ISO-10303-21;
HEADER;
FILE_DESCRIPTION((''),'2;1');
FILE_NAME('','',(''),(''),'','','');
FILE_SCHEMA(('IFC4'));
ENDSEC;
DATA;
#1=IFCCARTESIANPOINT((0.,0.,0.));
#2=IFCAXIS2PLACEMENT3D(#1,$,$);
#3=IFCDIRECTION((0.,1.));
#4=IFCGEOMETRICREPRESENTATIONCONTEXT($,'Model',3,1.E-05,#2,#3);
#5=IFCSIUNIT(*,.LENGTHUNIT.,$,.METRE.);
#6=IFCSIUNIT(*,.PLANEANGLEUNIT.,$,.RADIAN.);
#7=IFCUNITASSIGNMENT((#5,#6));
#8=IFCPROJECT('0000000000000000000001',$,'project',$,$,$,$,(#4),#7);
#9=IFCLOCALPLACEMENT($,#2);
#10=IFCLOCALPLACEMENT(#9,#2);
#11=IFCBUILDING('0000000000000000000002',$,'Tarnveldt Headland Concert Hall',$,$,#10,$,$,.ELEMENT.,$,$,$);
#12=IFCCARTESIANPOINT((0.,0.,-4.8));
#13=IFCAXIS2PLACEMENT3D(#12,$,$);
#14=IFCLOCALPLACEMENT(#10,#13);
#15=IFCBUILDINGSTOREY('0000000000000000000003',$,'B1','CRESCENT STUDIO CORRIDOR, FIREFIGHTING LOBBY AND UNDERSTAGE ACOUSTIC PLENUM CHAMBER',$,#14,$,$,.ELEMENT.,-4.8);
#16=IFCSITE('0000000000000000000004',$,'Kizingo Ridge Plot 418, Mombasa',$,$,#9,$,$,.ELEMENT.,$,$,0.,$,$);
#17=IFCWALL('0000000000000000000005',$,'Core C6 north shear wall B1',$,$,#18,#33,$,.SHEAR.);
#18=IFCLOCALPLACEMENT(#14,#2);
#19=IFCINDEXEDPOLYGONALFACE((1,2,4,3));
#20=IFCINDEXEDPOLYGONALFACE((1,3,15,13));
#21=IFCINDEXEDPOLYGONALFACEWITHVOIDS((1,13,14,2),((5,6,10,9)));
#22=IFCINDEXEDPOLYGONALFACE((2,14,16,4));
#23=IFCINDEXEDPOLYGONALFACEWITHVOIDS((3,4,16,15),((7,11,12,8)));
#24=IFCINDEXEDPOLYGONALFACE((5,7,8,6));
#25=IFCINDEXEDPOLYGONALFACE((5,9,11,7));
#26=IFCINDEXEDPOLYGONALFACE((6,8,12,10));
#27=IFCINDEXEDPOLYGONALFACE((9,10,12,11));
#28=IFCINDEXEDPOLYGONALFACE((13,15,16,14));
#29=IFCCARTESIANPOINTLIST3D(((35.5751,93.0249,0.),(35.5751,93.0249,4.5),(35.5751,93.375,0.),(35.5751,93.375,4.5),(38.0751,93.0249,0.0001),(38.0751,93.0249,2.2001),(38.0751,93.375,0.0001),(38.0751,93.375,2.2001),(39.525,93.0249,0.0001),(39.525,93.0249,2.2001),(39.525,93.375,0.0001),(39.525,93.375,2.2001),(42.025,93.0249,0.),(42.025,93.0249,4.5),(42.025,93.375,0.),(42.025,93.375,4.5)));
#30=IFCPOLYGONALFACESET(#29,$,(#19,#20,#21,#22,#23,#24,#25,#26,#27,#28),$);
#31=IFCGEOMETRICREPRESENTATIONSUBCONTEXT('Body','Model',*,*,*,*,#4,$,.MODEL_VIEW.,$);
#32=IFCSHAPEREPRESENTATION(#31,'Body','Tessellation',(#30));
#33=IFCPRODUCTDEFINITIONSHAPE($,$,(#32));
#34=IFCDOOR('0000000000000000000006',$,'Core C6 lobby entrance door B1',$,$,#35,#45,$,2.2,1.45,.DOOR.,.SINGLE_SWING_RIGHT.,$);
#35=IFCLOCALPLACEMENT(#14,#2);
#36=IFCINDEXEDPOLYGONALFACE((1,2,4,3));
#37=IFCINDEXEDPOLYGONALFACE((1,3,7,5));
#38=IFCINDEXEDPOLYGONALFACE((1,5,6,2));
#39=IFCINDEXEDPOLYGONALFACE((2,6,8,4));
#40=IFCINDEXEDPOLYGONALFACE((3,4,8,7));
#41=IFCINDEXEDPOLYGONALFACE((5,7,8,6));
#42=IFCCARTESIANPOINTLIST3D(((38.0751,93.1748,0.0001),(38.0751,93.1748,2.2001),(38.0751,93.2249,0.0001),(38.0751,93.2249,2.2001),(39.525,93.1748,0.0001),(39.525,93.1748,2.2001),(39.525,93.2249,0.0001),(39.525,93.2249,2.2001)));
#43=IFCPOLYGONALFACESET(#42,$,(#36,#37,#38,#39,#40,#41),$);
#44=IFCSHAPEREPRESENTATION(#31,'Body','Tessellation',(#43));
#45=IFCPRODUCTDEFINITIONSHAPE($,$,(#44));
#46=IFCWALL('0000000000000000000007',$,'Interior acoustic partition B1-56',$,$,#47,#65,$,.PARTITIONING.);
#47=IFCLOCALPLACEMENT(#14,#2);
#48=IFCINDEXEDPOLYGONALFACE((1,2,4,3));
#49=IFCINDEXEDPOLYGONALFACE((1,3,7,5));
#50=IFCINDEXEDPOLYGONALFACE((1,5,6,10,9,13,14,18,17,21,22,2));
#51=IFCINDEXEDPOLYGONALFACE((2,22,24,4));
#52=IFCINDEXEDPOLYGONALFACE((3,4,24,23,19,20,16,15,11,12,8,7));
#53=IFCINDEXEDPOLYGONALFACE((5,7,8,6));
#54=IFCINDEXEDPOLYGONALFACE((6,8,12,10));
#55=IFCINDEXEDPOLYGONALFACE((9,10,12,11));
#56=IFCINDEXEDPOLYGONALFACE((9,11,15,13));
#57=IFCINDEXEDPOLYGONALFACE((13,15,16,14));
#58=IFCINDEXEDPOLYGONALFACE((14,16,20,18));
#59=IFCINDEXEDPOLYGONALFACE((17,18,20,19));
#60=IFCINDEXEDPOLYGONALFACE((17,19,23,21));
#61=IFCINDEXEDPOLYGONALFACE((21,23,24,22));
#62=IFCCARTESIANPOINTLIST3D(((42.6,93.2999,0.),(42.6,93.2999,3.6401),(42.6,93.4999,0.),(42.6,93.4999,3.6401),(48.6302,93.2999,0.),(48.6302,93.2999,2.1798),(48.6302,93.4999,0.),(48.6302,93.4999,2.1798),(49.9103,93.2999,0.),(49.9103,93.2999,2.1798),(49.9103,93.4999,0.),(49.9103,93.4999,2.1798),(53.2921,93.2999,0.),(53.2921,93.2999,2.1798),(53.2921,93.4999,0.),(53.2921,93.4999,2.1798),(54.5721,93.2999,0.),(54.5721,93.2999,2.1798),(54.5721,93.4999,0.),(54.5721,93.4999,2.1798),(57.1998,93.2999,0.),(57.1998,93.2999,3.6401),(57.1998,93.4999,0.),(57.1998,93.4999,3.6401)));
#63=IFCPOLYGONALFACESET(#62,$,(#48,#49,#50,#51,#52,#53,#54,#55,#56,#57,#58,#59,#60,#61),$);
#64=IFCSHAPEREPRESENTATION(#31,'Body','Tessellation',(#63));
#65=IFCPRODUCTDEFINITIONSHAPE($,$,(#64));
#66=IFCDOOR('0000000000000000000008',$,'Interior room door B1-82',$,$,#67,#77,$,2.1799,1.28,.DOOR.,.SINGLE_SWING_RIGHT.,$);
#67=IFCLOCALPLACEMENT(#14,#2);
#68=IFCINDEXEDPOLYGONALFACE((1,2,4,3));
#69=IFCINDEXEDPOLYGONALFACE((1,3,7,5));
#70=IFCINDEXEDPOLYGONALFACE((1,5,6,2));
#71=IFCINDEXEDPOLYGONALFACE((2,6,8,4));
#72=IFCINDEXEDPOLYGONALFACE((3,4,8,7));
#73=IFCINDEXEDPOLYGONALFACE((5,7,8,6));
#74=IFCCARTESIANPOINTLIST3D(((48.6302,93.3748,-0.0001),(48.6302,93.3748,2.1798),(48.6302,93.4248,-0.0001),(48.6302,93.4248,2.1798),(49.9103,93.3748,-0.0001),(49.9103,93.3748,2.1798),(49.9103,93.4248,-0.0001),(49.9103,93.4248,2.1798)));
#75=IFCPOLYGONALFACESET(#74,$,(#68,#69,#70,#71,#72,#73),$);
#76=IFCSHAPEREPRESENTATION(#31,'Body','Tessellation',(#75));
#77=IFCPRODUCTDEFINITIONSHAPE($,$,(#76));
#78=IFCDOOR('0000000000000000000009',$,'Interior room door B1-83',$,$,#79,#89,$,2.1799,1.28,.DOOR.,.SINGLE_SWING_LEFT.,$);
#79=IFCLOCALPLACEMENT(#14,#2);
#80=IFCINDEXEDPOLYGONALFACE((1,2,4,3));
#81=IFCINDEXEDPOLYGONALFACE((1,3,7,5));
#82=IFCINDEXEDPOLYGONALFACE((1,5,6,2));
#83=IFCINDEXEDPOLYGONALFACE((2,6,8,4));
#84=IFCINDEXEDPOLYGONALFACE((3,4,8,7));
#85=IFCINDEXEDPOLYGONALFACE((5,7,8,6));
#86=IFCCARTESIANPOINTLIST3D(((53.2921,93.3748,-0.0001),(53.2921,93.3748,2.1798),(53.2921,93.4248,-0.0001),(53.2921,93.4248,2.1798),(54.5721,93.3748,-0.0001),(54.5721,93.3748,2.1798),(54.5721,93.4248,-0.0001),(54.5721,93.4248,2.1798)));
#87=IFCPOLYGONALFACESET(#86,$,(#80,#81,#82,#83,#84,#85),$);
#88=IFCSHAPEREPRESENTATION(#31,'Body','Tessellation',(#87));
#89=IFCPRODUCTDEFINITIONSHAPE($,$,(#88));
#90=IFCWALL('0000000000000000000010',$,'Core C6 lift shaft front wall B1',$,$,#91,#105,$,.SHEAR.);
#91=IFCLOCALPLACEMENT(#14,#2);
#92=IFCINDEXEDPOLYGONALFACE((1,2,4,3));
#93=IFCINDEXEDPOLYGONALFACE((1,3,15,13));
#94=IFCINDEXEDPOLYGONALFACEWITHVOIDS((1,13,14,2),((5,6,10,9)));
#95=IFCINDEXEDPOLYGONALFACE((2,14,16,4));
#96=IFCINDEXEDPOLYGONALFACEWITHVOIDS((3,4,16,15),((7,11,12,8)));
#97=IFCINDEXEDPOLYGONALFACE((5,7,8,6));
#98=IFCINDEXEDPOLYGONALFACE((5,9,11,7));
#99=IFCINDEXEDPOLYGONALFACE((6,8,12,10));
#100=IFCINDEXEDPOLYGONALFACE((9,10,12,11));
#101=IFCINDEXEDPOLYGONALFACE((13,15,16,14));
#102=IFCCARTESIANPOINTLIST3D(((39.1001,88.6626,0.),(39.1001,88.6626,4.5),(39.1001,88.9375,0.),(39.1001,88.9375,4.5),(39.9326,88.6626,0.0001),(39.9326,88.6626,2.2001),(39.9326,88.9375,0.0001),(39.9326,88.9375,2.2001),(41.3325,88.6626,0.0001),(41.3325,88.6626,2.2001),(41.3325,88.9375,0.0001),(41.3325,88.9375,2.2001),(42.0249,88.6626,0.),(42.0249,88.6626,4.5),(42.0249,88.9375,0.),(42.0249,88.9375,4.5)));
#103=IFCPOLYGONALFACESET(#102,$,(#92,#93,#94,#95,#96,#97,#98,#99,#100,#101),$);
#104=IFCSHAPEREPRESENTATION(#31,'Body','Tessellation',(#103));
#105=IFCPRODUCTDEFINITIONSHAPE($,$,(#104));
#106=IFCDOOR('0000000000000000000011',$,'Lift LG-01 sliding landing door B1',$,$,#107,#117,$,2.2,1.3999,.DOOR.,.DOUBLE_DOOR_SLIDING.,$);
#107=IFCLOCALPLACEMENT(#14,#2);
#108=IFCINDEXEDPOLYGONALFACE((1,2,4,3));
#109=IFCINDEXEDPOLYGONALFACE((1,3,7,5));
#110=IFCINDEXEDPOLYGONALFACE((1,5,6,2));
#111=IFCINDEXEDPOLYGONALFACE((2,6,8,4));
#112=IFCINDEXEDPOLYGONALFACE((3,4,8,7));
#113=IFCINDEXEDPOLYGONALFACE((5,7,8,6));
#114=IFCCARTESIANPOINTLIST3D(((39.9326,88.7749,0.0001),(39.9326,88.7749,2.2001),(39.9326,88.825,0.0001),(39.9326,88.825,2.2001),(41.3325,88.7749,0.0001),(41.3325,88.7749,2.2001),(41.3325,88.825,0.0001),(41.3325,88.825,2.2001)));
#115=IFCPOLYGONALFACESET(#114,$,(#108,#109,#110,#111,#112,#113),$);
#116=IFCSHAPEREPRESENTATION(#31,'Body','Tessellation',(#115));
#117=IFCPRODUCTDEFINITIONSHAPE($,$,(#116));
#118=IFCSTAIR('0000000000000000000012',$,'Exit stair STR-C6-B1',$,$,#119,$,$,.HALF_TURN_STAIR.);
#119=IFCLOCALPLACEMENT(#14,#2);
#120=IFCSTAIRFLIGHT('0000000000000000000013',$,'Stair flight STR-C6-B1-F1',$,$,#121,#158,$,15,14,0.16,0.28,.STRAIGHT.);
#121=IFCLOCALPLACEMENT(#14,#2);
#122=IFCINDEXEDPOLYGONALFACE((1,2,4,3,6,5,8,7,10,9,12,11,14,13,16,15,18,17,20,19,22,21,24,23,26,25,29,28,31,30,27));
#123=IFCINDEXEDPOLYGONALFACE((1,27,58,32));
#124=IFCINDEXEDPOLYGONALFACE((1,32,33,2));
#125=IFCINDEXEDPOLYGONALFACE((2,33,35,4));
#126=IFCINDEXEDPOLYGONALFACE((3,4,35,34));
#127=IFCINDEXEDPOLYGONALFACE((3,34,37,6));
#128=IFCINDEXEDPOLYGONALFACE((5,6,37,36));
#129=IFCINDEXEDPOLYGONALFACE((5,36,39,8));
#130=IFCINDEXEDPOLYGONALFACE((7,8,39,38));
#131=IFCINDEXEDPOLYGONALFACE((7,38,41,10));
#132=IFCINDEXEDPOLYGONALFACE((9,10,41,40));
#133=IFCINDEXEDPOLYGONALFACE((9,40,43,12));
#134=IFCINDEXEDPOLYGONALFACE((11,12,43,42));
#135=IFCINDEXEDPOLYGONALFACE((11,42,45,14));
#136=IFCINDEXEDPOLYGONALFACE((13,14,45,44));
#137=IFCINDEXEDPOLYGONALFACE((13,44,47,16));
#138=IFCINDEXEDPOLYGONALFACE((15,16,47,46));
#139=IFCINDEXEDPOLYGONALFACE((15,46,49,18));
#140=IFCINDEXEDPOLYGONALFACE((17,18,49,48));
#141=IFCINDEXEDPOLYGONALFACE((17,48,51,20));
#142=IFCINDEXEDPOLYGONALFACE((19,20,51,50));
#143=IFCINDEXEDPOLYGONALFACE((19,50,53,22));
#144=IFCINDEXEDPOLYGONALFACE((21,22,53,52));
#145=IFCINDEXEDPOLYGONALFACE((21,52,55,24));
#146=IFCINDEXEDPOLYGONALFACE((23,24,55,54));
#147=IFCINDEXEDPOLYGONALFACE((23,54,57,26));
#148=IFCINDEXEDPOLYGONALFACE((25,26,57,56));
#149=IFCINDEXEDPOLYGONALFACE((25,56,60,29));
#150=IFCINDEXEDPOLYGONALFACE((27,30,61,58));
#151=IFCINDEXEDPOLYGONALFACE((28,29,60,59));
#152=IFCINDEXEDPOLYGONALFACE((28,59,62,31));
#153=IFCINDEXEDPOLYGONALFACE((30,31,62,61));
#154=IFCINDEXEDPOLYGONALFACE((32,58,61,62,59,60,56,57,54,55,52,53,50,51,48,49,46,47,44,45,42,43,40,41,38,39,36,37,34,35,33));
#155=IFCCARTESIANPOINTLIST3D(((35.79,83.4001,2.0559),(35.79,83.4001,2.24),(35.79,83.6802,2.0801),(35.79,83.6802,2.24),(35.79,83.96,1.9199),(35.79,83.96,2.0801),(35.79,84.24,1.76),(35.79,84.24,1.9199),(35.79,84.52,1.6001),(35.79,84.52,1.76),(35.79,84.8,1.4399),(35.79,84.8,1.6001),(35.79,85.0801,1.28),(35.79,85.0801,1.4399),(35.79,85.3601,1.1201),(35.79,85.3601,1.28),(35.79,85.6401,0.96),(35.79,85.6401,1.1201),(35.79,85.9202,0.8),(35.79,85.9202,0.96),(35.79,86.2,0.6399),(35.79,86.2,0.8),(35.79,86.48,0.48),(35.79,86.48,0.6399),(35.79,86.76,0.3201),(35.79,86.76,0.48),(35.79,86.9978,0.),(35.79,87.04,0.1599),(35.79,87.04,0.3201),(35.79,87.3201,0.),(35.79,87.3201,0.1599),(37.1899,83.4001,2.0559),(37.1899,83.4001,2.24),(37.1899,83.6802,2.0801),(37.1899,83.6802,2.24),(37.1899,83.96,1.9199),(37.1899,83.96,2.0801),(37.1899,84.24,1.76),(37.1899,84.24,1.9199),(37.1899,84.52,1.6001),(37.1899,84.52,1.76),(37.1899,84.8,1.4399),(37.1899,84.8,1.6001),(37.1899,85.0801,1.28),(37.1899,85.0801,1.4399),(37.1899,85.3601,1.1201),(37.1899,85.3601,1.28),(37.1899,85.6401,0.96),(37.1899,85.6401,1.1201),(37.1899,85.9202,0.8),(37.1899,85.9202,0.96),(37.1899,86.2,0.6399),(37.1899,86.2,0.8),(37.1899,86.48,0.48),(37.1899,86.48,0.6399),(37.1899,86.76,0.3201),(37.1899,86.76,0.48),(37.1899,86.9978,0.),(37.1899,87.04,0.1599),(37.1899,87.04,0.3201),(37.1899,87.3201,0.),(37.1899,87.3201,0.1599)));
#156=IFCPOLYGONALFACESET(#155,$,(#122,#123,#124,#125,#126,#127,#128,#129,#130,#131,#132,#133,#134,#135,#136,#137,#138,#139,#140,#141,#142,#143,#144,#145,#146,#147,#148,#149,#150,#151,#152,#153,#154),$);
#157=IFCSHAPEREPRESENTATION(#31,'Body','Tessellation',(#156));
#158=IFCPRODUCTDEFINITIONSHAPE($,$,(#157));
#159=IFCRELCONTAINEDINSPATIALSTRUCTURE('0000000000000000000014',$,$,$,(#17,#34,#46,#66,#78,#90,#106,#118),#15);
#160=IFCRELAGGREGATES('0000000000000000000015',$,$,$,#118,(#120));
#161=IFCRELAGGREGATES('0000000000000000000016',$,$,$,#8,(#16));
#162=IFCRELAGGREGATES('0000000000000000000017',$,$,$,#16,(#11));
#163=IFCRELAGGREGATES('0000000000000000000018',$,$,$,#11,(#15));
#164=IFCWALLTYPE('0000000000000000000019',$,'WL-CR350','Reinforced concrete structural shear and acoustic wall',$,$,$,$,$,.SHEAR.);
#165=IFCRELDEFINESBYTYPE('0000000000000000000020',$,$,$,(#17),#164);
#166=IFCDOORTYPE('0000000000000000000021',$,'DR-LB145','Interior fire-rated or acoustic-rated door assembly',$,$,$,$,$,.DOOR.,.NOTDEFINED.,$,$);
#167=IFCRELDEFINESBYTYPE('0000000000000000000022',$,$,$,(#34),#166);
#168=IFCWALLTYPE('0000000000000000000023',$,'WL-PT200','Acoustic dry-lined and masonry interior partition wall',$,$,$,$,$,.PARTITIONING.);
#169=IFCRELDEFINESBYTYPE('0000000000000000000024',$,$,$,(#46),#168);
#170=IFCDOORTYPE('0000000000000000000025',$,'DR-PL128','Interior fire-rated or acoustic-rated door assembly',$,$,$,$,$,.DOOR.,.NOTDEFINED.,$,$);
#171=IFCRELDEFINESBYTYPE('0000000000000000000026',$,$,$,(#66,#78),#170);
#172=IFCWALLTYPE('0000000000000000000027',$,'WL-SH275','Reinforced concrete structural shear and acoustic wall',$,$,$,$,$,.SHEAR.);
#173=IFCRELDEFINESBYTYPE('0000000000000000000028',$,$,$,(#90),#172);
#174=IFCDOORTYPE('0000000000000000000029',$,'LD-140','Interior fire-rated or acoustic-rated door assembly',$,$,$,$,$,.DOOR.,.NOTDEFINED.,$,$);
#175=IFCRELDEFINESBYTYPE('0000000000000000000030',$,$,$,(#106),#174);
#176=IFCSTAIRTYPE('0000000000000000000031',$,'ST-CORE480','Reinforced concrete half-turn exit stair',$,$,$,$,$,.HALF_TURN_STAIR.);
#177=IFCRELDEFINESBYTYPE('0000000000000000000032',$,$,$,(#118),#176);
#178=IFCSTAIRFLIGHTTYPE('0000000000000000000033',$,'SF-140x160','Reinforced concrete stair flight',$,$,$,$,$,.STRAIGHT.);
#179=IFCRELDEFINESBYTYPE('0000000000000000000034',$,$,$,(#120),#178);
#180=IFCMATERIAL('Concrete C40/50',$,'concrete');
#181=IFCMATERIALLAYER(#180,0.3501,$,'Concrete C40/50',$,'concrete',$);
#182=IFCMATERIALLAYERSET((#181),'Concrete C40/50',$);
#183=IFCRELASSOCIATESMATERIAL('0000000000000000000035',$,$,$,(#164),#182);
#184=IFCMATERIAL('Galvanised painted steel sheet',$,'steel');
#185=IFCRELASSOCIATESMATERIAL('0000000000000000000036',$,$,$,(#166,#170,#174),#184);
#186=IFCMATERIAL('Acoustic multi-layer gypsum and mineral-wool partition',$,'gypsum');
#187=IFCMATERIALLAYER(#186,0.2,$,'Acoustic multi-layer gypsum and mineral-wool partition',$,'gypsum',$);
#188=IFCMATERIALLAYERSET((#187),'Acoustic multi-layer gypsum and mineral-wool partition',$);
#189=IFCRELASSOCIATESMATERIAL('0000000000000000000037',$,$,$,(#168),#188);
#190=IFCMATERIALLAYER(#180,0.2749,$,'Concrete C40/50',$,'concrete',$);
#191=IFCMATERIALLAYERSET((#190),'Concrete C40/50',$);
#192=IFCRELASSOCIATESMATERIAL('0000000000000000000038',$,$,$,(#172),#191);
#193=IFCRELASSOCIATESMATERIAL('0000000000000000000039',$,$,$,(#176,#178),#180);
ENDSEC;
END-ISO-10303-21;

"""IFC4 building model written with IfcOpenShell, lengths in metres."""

from ifc_helpers import new_model, si_unit, direction, frame, frame_2d, origin, place, context, subcontext, project, spatial, polyline, rectangle, outline, extrude, material, layer, layer_set, type_object, element, fill, aggregate, save


model = new_model("IFC4")

# Units and contexts
model_context = context("Model", 3, precision=1e-05, world=origin(), true_north=direction((0.0, 1.0)))
body_context = subcontext(model_context, "Body", "Model", "MODEL_VIEW")
ifc_project = project(units=[si_unit("LENGTHUNIT", "METRE"), si_unit("PLANEANGLEUNIT", "RADIAN")], contexts=[model_context])

# Site, building, storey
site_placement = place(None, origin())
site = spatial("IfcSite", under=ifc_project, at=site_placement, Name="Kizingo Ridge Plot 418, Mombasa", CompositionType="ELEMENT", RefElevation=0.0)
building_placement = place(site_placement, origin())
building = spatial("IfcBuilding", under=site, at=building_placement, Name="Tarnveldt Headland Concert Hall", CompositionType="ELEMENT")
storey_placement = place(building_placement, frame((0.0, 0.0, -4.8)))
storey = spatial("IfcBuildingStorey", under=building, at=storey_placement, Name="B1", Description="CRESCENT STUDIO CORRIDOR, FIREFIGHTING LOBBY AND UNDERSTAGE ACOUSTIC PLENUM CHAMBER", CompositionType="ELEMENT", Elevation=-4.8)

# Shared definitions
ifc_material_1 = material(Name="Concrete C40/50", Category="concrete")

# Wall, opening, door
ifc_layer_1 = layer(ifc_material_1, 0.3501, Name="Concrete C40/50", Category="concrete")
ifc_layer_set_1 = layer_set([ifc_layer_1], Name="Concrete C40/50")
wall_type_1 = type_object("IfcWallType", Name="WL-CR350", Description="Reinforced concrete structural shear and acoustic wall", PredefinedType="SHEAR", material=ifc_layer_set_1)
wall_1_placement = place(storey_placement, frame((35.575, 93.2, 0.0), z_axis=(0.0, 0.0, 1.0), x_axis=(1.0, 0.0, 0.0)))
wall_1 = element("IfcWall", 1, at=wall_1_placement, inside=storey, type_object=wall_type_1, Name="Core C6 north shear wall B1", PredefinedType="SHEAR", context=body_context, shape_type="SweptSolid", body=[
    extrude(rectangle(XDim=6.45, YDim=0.3501, at=frame_2d((3.2251, 0.0))), origin(), (0.0, 0.0, 1.0), 4.5),
])
opening_1_placement = place(wall_1_placement, frame((2.5, 0.0, 0.0)))
opening_1 = element("IfcOpeningElement", 2, at=opening_1_placement, cuts=wall_1, PredefinedType="OPENING", context=body_context, shape_type="SweptSolid", body=[
    extrude(rectangle(XDim=1.45, YDim=2.2, at=frame_2d((0.7251, 1.1001))), frame((0.0, 0.1851, 0.0), z_axis=(0.0, -1.0, 0.0), x_axis=(1.0, 0.0, 0.0)), (0.0, 0.0, 1.0), 0.3701),
])
ifc_material_2 = material(Name="Galvanised painted steel sheet", Category="steel")
door_type_1 = type_object("IfcDoorType", Name="DR-LB145", Description="Interior fire-rated or acoustic-rated door assembly", OperationType="NOTDEFINED", PredefinedType="DOOR", material=ifc_material_2)
door_1_placement = place(opening_1_placement, origin())
door_1 = element("IfcDoor", 3, at=door_1_placement, inside=storey, type_object=door_type_1, Name="Core C6 lobby entrance door B1", OperationType="SINGLE_SWING_RIGHT", OverallHeight=2.2, OverallWidth=1.45, PredefinedType="DOOR", context=body_context, shape_type="SweptSolid", body=[
    extrude(rectangle(XDim=1.45, YDim=2.2, at=frame_2d((0.7251, 1.1001))), frame((0.0, 0.0249, 0.0), z_axis=(0.0, -1.0, 0.0), x_axis=(1.0, 0.0, 0.0)), (0.0, 0.0, 1.0), 0.05),
])
fill(opening_1, door_1)

# Wall, openings, doors
ifc_material_3 = material(Name="Acoustic multi-layer gypsum and mineral-wool partition", Category="gypsum")
ifc_layer_2 = layer(ifc_material_3, 0.2, Name="Acoustic multi-layer gypsum and mineral-wool partition", Category="gypsum")
ifc_layer_set_2 = layer_set([ifc_layer_2], Name="Acoustic multi-layer gypsum and mineral-wool partition")
wall_type_2 = type_object("IfcWallType", Name="WL-PT200", Description="Acoustic dry-lined and masonry interior partition wall", PredefinedType="PARTITIONING", material=ifc_layer_set_2)
wall_2_placement = place(storey_placement, frame((42.6001, 93.3999, 0.0), z_axis=(0.0, 0.0, 1.0), x_axis=(1.0, 0.0, 0.0)))
wall_2 = element("IfcWall", 4, at=wall_2_placement, inside=storey, type_object=wall_type_2, Name="Interior acoustic partition B1-56", PredefinedType="PARTITIONING", context=body_context, shape_type="SweptSolid", body=[
    extrude(rectangle(XDim=14.5999, YDim=0.2, at=frame_2d((7.2998, 0.0))), origin(), (0.0, 0.0, 1.0), 3.6401),
])
opening_2_placement = place(wall_2_placement, frame((6.03, 0.0, 0.0)))
opening_2 = element("IfcOpeningElement", 5, at=opening_2_placement, cuts=wall_2, PredefinedType="OPENING", context=body_context, shape_type="SweptSolid", body=[
    extrude(rectangle(XDim=1.28, YDim=2.1799, at=frame_2d((0.6401, 1.0898))), frame((0.0, 0.1099, 0.0), z_axis=(0.0, -1.0, 0.0), x_axis=(1.0, 0.0, 0.0)), (0.0, 0.0, 1.0), 0.22),
])
opening_3_placement = place(wall_2_placement, frame((10.6919, 0.0, 0.0)))
opening_3 = element("IfcOpeningElement", 6, at=opening_3_placement, cuts=wall_2, PredefinedType="OPENING", context=body_context, shape_type="SweptSolid", body=[
    extrude(rectangle(XDim=1.28, YDim=2.1799, at=frame_2d((0.6401, 1.0898))), frame((0.0, 0.1099, 0.0), z_axis=(0.0, -1.0, 0.0), x_axis=(1.0, 0.0, 0.0)), (0.0, 0.0, 1.0), 0.22),
])
door_type_2 = type_object("IfcDoorType", Name="DR-PL128", Description="Interior fire-rated or acoustic-rated door assembly", OperationType="NOTDEFINED", PredefinedType="DOOR", material=ifc_material_2)
door_2_placement = place(opening_2_placement, origin())
door_2 = element("IfcDoor", 7, at=door_2_placement, inside=storey, type_object=door_type_2, Name="Interior room door B1-82", OperationType="SINGLE_SWING_RIGHT", OverallHeight=2.1799, OverallWidth=1.28, PredefinedType="DOOR", context=body_context, shape_type="SweptSolid", body=[
    extrude(rectangle(XDim=1.28, YDim=2.1799, at=frame_2d((0.6401, 1.0898))), frame((0.0, 0.0249, 0.0), z_axis=(0.0, -1.0, 0.0), x_axis=(1.0, 0.0, 0.0)), (0.0, 0.0, 1.0), 0.05),
])
fill(opening_2, door_2)
door_3_placement = place(opening_3_placement, origin())
door_3 = element("IfcDoor", 8, at=door_3_placement, inside=storey, type_object=door_type_2, Name="Interior room door B1-83", OperationType="SINGLE_SWING_LEFT", OverallHeight=2.1799, OverallWidth=1.28, PredefinedType="DOOR", context=body_context, shape_type="SweptSolid", body=[
    extrude(rectangle(XDim=1.28, YDim=2.1799, at=frame_2d((0.6401, 1.0898))), frame((0.0, 0.0249, 0.0), z_axis=(0.0, -1.0, 0.0), x_axis=(1.0, 0.0, 0.0)), (0.0, 0.0, 1.0), 0.05),
])
fill(opening_3, door_3)

# Wall, opening, door
ifc_layer_3 = layer(ifc_material_1, 0.2749, Name="Concrete C40/50", Category="concrete")
ifc_layer_set_3 = layer_set([ifc_layer_3], Name="Concrete C40/50")
wall_type_3 = type_object("IfcWallType", Name="WL-SH275", Description="Reinforced concrete structural shear and acoustic wall", PredefinedType="SHEAR", material=ifc_layer_set_3)
wall_3_placement = place(storey_placement, frame((39.1001, 88.8, 0.0), z_axis=(0.0, 0.0, 1.0), x_axis=(1.0, 0.0, 0.0)))
wall_3 = element("IfcWall", 9, at=wall_3_placement, inside=storey, type_object=wall_type_3, Name="Core C6 lift shaft front wall B1", PredefinedType="SHEAR", context=body_context, shape_type="SweptSolid", body=[
    extrude(rectangle(XDim=2.9248, YDim=0.2749, at=frame_2d((1.4624, 0.0))), origin(), (0.0, 0.0, 1.0), 4.5),
])
opening_4_placement = place(wall_3_placement, frame((0.8325, 0.0, 0.0)))
opening_4 = element("IfcOpeningElement", 10, at=opening_4_placement, cuts=wall_3, PredefinedType="OPENING", context=body_context, shape_type="SweptSolid", body=[
    extrude(rectangle(XDim=1.3999, YDim=2.2, at=frame_2d((0.7, 1.1001))), frame((0.0, 0.1475, 0.0), z_axis=(0.0, -1.0, 0.0), x_axis=(1.0, 0.0, 0.0)), (0.0, 0.0, 1.0), 0.2949),
])
door_type_3 = type_object("IfcDoorType", Name="LD-140", Description="Interior fire-rated or acoustic-rated door assembly", OperationType="NOTDEFINED", PredefinedType="DOOR", material=ifc_material_2)
door_4_placement = place(opening_4_placement, origin())
door_4 = element("IfcDoor", 11, at=door_4_placement, inside=storey, type_object=door_type_3, Name="Lift LG-01 sliding landing door B1", OperationType="DOUBLE_DOOR_SLIDING", OverallHeight=2.2, OverallWidth=1.3999, PredefinedType="DOOR", context=body_context, shape_type="SweptSolid", body=[
    extrude(rectangle(XDim=1.3999, YDim=2.2, at=frame_2d((0.7, 1.1001))), frame((0.0, 0.0249, 0.0), z_axis=(0.0, -1.0, 0.0), x_axis=(1.0, 0.0, 0.0)), (0.0, 0.0, 1.0), 0.05),
])
fill(opening_4, door_4)

# Stair, stair flight
stair_type = type_object("IfcStairType", Name="ST-CORE480", Description="Reinforced concrete half-turn exit stair", PredefinedType="HALF_TURN_STAIR", material=ifc_material_1)
stair_placement = place(storey_placement, origin())
stair = element("IfcStair", 12, at=stair_placement, inside=storey, type_object=stair_type, Name="Exit stair STR-C6-B1", PredefinedType="HALF_TURN_STAIR")
stair_flight_type = type_object("IfcStairFlightType", Name="SF-140x160", Description="Reinforced concrete stair flight", PredefinedType="STRAIGHT", material=ifc_material_1)
stair_flight_1_placement = place(storey_placement, frame((36.49, 87.3201, 0.0), z_axis=(0.0, 0.0, 1.0), x_axis=(0.0, -1.0, 0.0)))
stair_flight_1 = element("IfcStairFlight", 13, at=stair_flight_1_placement, type_object=stair_flight_type, Name="Stair flight STR-C6-B1-F1", NumberOfRisers=15, NumberOfTreads=14, PredefinedType="STRAIGHT", RiserHeight=0.16, TreadLength=0.28, context=body_context, shape_type="SweptSolid", body=[
    extrude(outline(polyline([(0.0, 0.0), (0.0, 0.1599), (0.28, 0.1599), (0.28, 0.3201), (0.5601, 0.3201), (0.5601, 0.48), (0.8401, 0.48), (0.8401, 0.6399), (1.1201, 0.6399), (1.1201, 0.8), (1.3999, 0.8), (1.3999, 0.96), (1.6799, 0.96), (1.6799, 1.1201), (1.96, 1.1201), (1.96, 1.28), (2.24, 1.28), (2.24, 1.4399), (2.52, 1.4399), (2.52, 1.6001), (2.8, 1.6001), (2.8, 1.76), (3.0801, 1.76), (3.0801, 1.9199), (3.3601, 1.9199), (3.3601, 2.0801), (3.6399, 2.0801), (3.6399, 2.24), (3.9199, 2.24), (3.9199, 2.3999), (3.9199, 2.0559), (0.3223, 0.0), (0.0, 0.0)])), frame((0.0, 0.7, 0.0), z_axis=(0.0, -1.0, 0.0), x_axis=(1.0, 0.0, 0.0)), (0.0, 0.0, 1.0), 1.3999),
])
aggregate(stair, [stair_flight_1])

save(model, "model.ifc")
